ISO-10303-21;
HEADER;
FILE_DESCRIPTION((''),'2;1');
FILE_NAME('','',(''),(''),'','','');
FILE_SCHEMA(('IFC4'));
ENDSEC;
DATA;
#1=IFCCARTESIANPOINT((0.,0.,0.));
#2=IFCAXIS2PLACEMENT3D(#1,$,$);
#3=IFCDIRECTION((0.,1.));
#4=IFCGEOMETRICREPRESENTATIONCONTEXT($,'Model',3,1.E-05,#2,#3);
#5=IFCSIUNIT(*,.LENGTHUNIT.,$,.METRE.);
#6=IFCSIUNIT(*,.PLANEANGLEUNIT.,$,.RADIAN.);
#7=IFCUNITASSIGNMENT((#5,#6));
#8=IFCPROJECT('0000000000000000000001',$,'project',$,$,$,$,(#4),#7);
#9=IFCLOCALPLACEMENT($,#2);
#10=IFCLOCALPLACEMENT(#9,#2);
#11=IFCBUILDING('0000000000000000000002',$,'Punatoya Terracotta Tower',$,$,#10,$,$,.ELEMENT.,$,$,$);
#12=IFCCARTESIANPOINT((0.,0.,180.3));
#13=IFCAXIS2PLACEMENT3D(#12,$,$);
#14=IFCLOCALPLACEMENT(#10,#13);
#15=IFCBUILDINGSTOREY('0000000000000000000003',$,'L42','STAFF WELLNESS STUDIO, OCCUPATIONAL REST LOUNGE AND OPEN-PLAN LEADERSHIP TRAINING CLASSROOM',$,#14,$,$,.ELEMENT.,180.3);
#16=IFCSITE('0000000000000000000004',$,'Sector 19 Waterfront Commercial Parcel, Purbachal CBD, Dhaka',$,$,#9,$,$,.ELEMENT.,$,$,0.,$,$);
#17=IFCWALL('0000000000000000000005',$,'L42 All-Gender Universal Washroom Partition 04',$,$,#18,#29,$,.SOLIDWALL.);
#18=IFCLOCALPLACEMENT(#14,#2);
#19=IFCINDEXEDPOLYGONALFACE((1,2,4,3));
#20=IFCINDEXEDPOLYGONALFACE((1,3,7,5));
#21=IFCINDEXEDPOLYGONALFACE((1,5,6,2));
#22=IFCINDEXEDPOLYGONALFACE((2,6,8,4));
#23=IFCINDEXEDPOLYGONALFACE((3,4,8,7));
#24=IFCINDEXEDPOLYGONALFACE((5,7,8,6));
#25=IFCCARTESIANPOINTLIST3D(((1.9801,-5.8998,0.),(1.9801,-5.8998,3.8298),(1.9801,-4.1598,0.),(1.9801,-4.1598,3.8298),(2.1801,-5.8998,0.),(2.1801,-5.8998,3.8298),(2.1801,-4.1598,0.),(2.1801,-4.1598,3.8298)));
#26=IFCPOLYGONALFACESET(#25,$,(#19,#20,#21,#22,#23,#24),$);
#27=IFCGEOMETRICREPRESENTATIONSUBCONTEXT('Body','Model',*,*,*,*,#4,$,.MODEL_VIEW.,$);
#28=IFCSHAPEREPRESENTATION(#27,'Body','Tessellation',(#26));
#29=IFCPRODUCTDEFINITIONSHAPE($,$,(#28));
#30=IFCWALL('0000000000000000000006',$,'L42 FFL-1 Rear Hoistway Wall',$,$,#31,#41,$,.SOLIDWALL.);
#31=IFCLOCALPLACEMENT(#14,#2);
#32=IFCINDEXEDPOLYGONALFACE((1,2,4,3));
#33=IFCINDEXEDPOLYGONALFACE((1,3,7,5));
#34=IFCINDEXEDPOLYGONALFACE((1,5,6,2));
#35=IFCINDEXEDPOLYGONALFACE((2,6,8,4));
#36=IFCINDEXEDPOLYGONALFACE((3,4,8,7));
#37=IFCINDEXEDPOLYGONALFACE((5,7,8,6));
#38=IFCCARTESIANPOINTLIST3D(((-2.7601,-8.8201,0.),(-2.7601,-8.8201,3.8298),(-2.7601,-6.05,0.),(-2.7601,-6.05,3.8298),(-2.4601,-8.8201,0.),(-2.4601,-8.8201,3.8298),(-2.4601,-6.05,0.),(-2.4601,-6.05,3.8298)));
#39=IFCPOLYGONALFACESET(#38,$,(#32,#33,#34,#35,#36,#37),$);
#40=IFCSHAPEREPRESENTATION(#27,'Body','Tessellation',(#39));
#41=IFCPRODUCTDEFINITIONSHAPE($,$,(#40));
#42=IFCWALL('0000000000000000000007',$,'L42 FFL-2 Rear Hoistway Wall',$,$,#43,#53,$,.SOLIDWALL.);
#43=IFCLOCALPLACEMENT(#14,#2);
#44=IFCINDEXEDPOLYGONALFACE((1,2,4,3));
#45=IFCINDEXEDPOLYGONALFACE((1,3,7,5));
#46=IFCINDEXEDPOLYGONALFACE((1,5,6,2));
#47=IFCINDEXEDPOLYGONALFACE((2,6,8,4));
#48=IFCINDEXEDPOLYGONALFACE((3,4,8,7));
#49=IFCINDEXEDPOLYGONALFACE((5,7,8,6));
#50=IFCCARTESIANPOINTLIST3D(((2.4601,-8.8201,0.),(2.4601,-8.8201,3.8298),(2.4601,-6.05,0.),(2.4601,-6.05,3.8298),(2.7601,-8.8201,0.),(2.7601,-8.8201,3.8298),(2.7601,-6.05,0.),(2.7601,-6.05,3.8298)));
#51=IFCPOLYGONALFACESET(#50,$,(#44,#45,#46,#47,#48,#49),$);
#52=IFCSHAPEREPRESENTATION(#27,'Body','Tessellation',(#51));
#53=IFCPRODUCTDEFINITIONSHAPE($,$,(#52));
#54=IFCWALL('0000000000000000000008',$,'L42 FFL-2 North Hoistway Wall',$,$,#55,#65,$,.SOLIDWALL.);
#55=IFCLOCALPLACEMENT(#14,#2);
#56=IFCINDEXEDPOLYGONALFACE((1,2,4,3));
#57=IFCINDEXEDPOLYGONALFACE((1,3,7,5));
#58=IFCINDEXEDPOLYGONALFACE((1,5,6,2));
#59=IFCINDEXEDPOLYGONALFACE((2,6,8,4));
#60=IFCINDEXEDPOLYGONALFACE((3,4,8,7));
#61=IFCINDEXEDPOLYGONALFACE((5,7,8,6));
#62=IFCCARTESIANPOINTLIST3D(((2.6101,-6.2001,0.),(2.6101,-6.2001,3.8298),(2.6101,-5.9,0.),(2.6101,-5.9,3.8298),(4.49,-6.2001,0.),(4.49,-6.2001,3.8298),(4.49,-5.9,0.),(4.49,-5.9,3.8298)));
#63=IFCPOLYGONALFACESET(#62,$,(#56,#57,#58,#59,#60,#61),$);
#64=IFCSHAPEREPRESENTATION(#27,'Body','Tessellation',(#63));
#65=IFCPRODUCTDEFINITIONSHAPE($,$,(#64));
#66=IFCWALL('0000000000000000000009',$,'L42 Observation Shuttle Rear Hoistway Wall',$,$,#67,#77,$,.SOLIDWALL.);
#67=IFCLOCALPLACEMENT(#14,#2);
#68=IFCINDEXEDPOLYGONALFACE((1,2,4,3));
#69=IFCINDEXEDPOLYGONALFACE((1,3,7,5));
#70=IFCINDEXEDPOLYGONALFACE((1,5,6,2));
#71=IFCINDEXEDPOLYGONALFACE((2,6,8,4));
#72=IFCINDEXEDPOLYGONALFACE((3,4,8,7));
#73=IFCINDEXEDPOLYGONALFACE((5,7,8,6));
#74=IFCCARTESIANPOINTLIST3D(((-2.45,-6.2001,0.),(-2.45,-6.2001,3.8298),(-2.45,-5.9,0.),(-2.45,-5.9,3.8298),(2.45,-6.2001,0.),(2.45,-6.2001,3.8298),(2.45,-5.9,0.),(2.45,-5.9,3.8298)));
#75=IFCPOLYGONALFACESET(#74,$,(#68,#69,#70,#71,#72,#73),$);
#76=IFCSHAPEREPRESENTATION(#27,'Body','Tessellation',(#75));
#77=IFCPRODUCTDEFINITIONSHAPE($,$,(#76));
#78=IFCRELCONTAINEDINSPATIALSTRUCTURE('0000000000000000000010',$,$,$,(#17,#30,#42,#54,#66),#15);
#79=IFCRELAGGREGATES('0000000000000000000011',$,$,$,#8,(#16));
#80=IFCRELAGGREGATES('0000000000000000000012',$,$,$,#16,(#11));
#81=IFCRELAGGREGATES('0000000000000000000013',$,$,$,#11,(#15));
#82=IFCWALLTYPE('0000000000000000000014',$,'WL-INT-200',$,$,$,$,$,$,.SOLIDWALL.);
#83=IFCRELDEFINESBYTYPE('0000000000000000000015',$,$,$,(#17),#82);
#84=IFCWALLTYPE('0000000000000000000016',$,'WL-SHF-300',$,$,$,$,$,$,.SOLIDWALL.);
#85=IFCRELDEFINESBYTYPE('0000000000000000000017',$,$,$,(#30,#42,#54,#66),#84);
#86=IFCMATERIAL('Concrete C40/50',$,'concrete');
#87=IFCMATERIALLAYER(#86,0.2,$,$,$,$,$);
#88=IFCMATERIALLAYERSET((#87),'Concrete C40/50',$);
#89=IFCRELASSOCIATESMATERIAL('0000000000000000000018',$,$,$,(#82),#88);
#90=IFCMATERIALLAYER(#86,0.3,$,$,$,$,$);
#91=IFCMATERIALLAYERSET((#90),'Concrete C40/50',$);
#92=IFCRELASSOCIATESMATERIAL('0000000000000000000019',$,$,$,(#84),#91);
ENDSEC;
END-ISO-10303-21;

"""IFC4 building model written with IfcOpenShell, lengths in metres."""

from ifc_helpers import new_model, si_unit, direction, frame, frame_2d, origin, place, context, subcontext, project, spatial, rectangle, extrude, material, layer, layer_set, type_object, element, save


model = new_model("IFC4")

# Units and contexts
model_context = context("Model", 3, precision=1e-05, world=origin(), true_north=direction((0.0, 1.0)))
body_context = subcontext(model_context, "Body", "Model", "MODEL_VIEW")
ifc_project = project(units=[si_unit("LENGTHUNIT", "METRE"), si_unit("PLANEANGLEUNIT", "RADIAN")], contexts=[model_context])

# Site, building, storey
site_placement = place(None, origin())
site = spatial("IfcSite", under=ifc_project, at=site_placement, Name="Sector 19 Waterfront Commercial Parcel, Purbachal CBD, Dhaka", CompositionType="ELEMENT", RefElevation=0.0)
building_placement = place(site_placement, origin())
building = spatial("IfcBuilding", under=site, at=building_placement, Name="Punatoya Terracotta Tower", CompositionType="ELEMENT")
storey_placement = place(building_placement, frame((0.0, 0.0, 180.3)))
storey = spatial("IfcBuildingStorey", under=building, at=storey_placement, Name="L42", Description="STAFF WELLNESS STUDIO, OCCUPATIONAL REST LOUNGE AND OPEN-PLAN LEADERSHIP TRAINING CLASSROOM", CompositionType="ELEMENT", Elevation=180.3)

# Shared definitions
ifc_material_1 = material(Name="Concrete C40/50", Category="concrete")

# Shared definitions
ifc_layer_1 = layer(ifc_material_1, 0.2)
ifc_layer_set_1 = layer_set([ifc_layer_1], Name="Concrete C40/50")
wall_type_1 = type_object("IfcWallType", Name="WL-INT-200", PredefinedType="SOLIDWALL", material=ifc_layer_set_1)

# Wall
wall_1_placement = place(storey_placement, frame((2.0801, -5.8999, 0.0), z_axis=(0.0, 0.0, 1.0), x_axis=(0.0, 1.0, 0.0)))
element("IfcWall", 1, at=wall_1_placement, inside=storey, type_object=wall_type_1, Name="L42 All-Gender Universal Washroom Partition 04", PredefinedType="SOLIDWALL", context=body_context, shape_type="SweptSolid", body=[
    extrude(rectangle(XDim=1.74, YDim=0.2, at=frame_2d((0.8701, 0.0))), origin(), (0.0, 0.0, 1.0), 3.8298),
])

# Walls
ifc_layer_2 = layer(ifc_material_1, 0.3)
ifc_layer_set_2 = layer_set([ifc_layer_2], Name="Concrete C40/50")
wall_type_2 = type_object("IfcWallType", Name="WL-SHF-300", PredefinedType="SOLIDWALL", material=ifc_layer_set_2)
for number, where, z_axis, x_axis, name in (
    (2, (-2.6101, -8.8201, 0.0), (0.0, 0.0, 1.0), (0.0, 1.0, 0.0), "L42 FFL-1 Rear Hoistway Wall"),
    (3, (2.6101, -8.8201, 0.0), (0.0, 0.0, 1.0), (0.0, 1.0, 0.0), "L42 FFL-2 Rear Hoistway Wall"),
):
    element("IfcWall", number, at=place(storey_placement, frame(where, z_axis=z_axis, x_axis=x_axis)), inside=storey, type_object=wall_type_2, Name=name, PredefinedType="SOLIDWALL", context=body_context, shape_type="SweptSolid", body=[
        extrude(rectangle(XDim=2.77, YDim=0.3, at=frame_2d((1.385, 0.0))), origin(), (0.0, 0.0, 1.0), 3.8298),
    ])
wall_2_placement = place(storey_placement, frame((2.6101, -6.05, 0.0), z_axis=(0.0, 0.0, 1.0), x_axis=(1.0, 0.0, 0.0)))
element("IfcWall", 4, at=wall_2_placement, inside=storey, type_object=wall_type_2, Name="L42 FFL-2 North Hoistway Wall", PredefinedType="SOLIDWALL", context=body_context, shape_type="SweptSolid", body=[
    extrude(rectangle(XDim=1.8799, YDim=0.3, at=frame_2d((0.9399, 0.0))), origin(), (0.0, 0.0, 1.0), 3.8298),
])
wall_3_placement = place(storey_placement, frame((-2.45, -6.05, 0.0), z_axis=(0.0, 0.0, 1.0), x_axis=(1.0, 0.0, 0.0)))
element("IfcWall", 5, at=wall_3_placement, inside=storey, type_object=wall_type_2, Name="L42 Observation Shuttle Rear Hoistway Wall", PredefinedType="SOLIDWALL", context=body_context, shape_type="SweptSolid", body=[
    extrude(rectangle(XDim=4.8999, YDim=0.3, at=frame_2d((2.45, 0.0))), origin(), (0.0, 0.0, 1.0), 3.8298),
])

save(model, "model.ifc")
